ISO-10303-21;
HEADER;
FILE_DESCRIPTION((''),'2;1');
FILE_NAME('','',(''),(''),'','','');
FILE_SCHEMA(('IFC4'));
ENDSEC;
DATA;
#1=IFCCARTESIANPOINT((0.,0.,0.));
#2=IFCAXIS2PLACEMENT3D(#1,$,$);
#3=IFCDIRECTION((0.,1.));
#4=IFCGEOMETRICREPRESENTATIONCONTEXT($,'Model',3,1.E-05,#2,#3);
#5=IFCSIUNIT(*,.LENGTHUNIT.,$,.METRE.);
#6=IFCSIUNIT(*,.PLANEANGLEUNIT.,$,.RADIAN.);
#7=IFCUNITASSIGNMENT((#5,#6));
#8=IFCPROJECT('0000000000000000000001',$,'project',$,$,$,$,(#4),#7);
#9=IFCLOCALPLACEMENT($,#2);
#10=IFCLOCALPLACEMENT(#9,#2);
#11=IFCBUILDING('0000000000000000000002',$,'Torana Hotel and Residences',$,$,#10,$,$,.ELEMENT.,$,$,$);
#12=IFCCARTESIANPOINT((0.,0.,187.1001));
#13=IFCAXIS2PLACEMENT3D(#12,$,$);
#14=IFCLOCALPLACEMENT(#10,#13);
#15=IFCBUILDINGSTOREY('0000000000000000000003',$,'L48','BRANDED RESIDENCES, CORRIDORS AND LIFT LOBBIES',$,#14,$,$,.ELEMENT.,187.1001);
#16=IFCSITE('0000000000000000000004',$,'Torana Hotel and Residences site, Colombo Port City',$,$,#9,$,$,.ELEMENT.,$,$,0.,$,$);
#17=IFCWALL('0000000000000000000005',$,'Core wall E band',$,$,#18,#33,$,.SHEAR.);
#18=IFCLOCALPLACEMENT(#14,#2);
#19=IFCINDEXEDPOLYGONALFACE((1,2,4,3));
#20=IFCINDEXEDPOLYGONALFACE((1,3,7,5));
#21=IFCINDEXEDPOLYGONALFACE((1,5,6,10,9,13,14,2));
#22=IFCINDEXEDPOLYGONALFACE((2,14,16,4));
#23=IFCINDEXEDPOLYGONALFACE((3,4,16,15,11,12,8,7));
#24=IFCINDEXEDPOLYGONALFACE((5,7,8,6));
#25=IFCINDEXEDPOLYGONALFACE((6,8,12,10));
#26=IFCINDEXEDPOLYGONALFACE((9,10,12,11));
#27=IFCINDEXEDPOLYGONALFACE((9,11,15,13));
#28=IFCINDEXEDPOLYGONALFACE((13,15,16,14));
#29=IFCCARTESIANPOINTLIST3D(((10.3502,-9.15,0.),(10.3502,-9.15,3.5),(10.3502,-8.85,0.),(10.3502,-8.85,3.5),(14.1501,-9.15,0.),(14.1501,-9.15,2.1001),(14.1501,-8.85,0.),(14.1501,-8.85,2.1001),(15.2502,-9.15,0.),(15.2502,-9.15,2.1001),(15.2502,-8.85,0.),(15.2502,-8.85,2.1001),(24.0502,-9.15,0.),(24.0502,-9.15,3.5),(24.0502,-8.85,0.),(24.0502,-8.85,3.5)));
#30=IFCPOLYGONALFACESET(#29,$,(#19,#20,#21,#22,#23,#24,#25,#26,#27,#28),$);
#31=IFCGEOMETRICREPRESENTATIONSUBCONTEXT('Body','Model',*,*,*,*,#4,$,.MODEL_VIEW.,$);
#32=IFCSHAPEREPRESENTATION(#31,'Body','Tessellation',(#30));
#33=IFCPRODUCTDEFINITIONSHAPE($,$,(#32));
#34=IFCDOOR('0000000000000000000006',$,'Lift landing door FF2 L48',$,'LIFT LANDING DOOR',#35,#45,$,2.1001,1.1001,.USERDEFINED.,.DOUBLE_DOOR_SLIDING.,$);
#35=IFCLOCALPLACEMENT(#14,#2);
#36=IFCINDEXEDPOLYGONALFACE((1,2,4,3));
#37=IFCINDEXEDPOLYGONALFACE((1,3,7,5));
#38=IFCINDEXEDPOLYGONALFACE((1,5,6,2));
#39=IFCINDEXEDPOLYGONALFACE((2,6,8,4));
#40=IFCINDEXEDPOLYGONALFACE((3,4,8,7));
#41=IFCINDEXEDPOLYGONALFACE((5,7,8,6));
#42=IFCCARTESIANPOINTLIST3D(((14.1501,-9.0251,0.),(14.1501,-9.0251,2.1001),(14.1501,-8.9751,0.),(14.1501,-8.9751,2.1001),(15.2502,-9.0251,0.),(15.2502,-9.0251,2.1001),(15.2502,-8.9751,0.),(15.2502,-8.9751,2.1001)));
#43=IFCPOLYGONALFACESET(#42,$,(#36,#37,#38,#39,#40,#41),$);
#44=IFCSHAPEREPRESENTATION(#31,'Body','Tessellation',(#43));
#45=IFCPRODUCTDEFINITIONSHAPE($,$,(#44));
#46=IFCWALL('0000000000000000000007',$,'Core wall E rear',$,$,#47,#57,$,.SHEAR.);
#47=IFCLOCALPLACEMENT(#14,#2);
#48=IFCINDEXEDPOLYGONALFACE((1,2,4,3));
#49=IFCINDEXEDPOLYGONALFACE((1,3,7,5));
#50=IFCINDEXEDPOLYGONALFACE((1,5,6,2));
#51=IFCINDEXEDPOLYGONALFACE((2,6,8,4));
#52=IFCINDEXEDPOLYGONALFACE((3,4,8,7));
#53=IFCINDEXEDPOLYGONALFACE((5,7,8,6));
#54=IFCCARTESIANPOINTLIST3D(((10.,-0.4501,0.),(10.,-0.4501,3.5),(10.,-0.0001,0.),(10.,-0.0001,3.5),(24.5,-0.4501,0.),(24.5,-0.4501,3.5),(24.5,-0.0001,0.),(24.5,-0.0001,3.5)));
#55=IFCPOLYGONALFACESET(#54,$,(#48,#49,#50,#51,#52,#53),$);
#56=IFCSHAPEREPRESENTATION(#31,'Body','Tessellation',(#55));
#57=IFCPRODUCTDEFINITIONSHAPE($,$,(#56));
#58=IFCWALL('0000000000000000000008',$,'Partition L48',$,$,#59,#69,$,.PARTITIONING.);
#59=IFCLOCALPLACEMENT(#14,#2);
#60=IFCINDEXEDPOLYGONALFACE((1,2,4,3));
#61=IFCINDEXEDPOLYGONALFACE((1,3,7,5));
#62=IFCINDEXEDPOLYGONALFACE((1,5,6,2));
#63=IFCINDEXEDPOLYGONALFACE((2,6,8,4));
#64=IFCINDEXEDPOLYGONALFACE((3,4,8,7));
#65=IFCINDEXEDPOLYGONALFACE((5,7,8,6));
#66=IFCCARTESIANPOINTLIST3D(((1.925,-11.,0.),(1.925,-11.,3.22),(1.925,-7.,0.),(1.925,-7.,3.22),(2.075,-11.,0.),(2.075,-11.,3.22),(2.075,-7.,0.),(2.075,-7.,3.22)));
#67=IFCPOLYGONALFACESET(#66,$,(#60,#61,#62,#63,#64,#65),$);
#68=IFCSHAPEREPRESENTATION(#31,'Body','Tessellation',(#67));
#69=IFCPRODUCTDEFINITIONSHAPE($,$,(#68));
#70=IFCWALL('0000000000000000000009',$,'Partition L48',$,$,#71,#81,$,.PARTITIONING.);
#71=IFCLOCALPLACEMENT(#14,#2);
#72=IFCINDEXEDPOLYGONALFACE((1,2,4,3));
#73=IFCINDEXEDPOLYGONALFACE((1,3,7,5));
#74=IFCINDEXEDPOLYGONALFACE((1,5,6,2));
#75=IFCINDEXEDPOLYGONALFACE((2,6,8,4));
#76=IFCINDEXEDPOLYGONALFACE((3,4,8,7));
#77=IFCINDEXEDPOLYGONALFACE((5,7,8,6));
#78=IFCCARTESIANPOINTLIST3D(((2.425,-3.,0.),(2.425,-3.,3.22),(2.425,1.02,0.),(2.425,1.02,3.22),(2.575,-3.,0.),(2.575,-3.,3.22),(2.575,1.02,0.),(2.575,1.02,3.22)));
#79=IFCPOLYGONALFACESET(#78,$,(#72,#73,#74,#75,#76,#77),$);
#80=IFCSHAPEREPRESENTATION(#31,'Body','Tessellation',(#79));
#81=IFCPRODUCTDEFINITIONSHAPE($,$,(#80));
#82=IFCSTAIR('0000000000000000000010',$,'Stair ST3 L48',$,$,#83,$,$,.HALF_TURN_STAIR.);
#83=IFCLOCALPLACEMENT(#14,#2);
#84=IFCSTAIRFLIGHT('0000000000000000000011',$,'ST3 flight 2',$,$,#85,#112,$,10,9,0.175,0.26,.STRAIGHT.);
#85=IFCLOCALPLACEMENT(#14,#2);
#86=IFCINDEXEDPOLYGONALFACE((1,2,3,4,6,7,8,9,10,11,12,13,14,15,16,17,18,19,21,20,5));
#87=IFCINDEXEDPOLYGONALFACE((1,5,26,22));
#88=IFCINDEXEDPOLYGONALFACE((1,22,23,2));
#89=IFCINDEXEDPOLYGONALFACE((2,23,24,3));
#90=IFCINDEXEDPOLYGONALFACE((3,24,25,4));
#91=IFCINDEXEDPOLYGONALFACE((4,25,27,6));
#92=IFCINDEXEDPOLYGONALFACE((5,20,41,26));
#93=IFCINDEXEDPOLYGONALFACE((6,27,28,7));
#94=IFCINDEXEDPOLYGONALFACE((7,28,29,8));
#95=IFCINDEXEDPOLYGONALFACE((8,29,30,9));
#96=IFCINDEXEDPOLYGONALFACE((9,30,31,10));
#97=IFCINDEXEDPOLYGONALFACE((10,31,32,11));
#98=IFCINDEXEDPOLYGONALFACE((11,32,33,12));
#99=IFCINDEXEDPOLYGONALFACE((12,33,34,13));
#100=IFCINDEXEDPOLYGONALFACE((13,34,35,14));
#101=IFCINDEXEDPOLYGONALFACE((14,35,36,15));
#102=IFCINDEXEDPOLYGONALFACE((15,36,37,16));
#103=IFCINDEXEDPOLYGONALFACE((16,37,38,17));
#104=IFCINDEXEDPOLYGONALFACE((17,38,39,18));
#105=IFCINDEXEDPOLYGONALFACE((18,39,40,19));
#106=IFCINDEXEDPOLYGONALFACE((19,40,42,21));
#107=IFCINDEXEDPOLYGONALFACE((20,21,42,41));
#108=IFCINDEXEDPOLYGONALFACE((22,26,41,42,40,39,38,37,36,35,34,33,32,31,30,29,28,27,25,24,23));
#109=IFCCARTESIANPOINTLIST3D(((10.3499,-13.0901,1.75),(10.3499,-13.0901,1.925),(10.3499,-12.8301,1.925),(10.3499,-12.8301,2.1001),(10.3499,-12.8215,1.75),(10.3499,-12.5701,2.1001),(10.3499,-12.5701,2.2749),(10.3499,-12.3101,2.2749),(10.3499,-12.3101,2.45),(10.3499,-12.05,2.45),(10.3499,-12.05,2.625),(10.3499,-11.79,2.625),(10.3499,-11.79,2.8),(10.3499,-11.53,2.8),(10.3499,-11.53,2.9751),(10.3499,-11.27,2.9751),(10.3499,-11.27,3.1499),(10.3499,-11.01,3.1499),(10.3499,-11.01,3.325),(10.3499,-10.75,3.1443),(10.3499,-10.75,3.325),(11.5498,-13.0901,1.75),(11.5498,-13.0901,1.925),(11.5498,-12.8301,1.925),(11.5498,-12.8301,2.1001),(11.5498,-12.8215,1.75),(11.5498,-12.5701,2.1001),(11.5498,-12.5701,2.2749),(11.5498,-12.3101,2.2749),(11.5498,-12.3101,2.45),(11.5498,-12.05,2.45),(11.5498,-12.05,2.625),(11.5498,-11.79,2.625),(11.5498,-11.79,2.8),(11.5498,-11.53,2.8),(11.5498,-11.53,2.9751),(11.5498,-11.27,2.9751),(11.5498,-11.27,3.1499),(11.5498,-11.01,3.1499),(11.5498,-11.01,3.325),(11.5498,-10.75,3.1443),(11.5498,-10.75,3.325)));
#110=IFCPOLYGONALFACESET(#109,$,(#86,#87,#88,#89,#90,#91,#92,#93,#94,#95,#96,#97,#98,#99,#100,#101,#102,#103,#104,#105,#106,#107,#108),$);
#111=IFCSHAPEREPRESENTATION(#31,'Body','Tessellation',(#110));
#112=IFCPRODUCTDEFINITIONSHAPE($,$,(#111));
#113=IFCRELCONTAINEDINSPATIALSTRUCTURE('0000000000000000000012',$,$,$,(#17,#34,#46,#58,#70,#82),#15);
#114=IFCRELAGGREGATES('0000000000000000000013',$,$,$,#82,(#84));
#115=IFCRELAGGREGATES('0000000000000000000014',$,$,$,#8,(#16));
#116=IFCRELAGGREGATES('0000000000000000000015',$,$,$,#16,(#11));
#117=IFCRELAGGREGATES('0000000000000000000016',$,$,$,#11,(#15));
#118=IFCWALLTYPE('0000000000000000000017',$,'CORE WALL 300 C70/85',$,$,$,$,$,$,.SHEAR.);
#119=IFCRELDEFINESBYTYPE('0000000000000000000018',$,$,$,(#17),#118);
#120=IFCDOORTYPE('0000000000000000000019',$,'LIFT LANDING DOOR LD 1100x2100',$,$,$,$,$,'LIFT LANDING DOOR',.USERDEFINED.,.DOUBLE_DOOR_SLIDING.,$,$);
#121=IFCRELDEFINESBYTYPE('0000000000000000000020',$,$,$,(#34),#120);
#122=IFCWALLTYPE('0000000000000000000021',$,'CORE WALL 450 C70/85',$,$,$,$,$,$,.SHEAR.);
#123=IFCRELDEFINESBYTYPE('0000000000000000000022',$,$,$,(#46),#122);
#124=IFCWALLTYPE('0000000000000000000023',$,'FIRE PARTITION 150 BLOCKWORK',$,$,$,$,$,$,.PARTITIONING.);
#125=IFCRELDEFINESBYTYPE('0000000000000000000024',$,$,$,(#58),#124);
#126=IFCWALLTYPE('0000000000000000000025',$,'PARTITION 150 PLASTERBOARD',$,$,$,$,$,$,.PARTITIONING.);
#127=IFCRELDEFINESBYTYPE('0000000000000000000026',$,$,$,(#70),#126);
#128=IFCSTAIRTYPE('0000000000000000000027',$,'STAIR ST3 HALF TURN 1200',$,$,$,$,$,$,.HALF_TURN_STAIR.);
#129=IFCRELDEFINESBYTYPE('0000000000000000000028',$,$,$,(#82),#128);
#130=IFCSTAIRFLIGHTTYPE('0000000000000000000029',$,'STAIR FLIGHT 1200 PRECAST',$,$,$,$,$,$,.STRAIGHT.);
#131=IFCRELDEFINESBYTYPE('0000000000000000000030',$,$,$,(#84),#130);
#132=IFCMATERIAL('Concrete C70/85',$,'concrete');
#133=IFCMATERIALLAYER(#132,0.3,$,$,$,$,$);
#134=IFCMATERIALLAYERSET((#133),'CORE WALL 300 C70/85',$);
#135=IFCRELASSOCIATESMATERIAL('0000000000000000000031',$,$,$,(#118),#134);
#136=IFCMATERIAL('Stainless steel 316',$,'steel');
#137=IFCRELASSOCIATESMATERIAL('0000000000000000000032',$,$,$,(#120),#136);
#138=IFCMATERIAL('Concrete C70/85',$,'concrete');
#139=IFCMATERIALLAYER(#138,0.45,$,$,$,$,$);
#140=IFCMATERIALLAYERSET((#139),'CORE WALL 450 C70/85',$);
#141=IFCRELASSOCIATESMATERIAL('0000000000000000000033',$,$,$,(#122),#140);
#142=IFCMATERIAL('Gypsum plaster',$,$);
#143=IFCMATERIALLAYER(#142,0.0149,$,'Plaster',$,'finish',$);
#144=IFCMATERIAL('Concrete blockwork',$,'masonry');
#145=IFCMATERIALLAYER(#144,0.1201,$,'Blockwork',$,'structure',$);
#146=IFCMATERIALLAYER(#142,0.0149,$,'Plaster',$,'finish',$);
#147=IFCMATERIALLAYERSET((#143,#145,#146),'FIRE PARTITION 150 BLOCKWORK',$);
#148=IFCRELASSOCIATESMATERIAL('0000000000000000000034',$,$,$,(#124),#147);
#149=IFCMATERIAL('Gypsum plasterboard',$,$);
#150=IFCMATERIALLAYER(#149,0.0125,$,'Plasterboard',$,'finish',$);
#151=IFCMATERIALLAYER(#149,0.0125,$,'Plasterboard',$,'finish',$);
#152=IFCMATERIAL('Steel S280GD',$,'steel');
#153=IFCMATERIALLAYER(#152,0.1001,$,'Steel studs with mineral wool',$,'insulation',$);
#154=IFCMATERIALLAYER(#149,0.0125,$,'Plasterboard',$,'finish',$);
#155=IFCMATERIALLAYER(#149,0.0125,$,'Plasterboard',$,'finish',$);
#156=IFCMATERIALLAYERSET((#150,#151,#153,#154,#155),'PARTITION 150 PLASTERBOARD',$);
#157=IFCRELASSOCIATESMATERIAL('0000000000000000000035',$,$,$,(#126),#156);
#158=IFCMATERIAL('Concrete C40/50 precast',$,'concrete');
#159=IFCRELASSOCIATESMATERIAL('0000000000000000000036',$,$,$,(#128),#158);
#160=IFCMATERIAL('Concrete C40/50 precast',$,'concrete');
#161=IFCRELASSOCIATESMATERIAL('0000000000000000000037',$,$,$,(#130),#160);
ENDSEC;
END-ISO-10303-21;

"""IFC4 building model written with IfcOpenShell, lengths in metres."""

from ifc_helpers import new_model, si_unit, direction, frame, frame_2d, origin, place, context, subcontext, project, spatial, polyline, rectangle, outline, extrude, material, layer, layer_set, type_object, element, fill, aggregate, save


model = new_model("IFC4")

# Units and contexts
model_context = context("Model", 3, precision=1e-05, world=origin(), true_north=direction((0.0, 1.0)))
body_context = subcontext(model_context, "Body", "Model", "MODEL_VIEW")
ifc_project = project(units=[si_unit("LENGTHUNIT", "METRE"), si_unit("PLANEANGLEUNIT", "RADIAN")], contexts=[model_context])

# Site, building, storey
site_placement = place(None, origin())
site = spatial("IfcSite", under=ifc_project, at=site_placement, Name="Torana Hotel and Residences site, Colombo Port City", CompositionType="ELEMENT", RefElevation=0.0)
building_placement = place(site_placement, origin())
building = spatial("IfcBuilding", under=site, at=building_placement, Name="Torana Hotel and Residences", CompositionType="ELEMENT")
storey_placement = place(building_placement, frame((0.0, 0.0, 187.1001)))
storey = spatial("IfcBuildingStorey", under=building, at=storey_placement, Name="L48", Description="BRANDED RESIDENCES, CORRIDORS AND LIFT LOBBIES", CompositionType="ELEMENT", Elevation=187.1001)

# Shared definitions
ifc_material_1 = material(Name="Concrete C70/85", Category="concrete")
ifc_layer_1 = layer(ifc_material_1, 0.3)
ifc_layer_set_1 = layer_set([ifc_layer_1], Name="CORE WALL 300 C70/85")
wall_type_1 = type_object("IfcWallType", Name="CORE WALL 300 C70/85", PredefinedType="SHEAR", material=ifc_layer_set_1)
ifc_material_2 = material(Name="Stainless steel 316", Category="steel")
door_type_1 = type_object("IfcDoorType", Name="LIFT LANDING DOOR LD 1100x2100", ElementType="LIFT LANDING DOOR", OperationType="DOUBLE_DOOR_SLIDING", PredefinedType="USERDEFINED", material=ifc_material_2)

# Wall, opening, door
wall_1_placement = place(storey_placement, frame((10.3501, -9.0, 0.0), z_axis=(0.0, 0.0, 1.0), x_axis=(1.0, 0.0, 0.0)))
wall_1 = element("IfcWall", 1, at=wall_1_placement, inside=storey, type_object=wall_type_1, Name="Core wall E band", PredefinedType="SHEAR", context=body_context, shape_type="SweptSolid", body=[
    extrude(rectangle(XDim=13.7, YDim=0.3, at=frame_2d((6.8501, 0.0))), origin(), (0.0, 0.0, 1.0), 3.5),
])
opening_1_placement = place(wall_1_placement, frame((3.8, 0.0, 0.0)))
opening_1 = element("IfcOpeningElement", 2, at=opening_1_placement, cuts=wall_1, PredefinedType="OPENING", context=body_context, shape_type="SweptSolid", body=[
    extrude(rectangle(XDim=1.1001, YDim=2.1001, at=frame_2d((0.55, 1.05))), frame((0.0, 0.1599, 0.0), z_axis=(0.0, -1.0, 0.0), x_axis=(1.0, 0.0, 0.0)), (0.0, 0.0, 1.0), 0.3201),
])
door_1_placement = place(opening_1_placement, origin())
door_1 = element("IfcDoor", 3, at=door_1_placement, inside=storey, type_object=door_type_1, Name="Lift landing door FF2 L48", ObjectType="LIFT LANDING DOOR", OperationType="DOUBLE_DOOR_SLIDING", OverallHeight=2.1001, OverallWidth=1.1001, PredefinedType="USERDEFINED", context=body_context, shape_type="SweptSolid", body=[
    extrude(rectangle(XDim=1.1001, YDim=2.1001, at=frame_2d((0.55, 1.05))), frame((0.0, 0.0249, 0.0), z_axis=(0.0, -1.0, 0.0), x_axis=(1.0, 0.0, 0.0)), (0.0, 0.0, 1.0), 0.05),
])
fill(opening_1, door_1)

# Walls
ifc_material_3 = material(Name="Concrete C70/85", Category="concrete")
ifc_layer_2 = layer(ifc_material_3, 0.45)
ifc_layer_set_2 = layer_set([ifc_layer_2], Name="CORE WALL 450 C70/85")
wall_type_2 = type_object("IfcWallType", Name="CORE WALL 450 C70/85", PredefinedType="SHEAR", material=ifc_layer_set_2)
wall_2_placement = place(storey_placement, frame((10.0, -0.2251, 0.0), z_axis=(0.0, 0.0, 1.0), x_axis=(1.0, 0.0, 0.0)))
element("IfcWall", 4, at=wall_2_placement, inside=storey, type_object=wall_type_2, Name="Core wall E rear", PredefinedType="SHEAR", context=body_context, shape_type="SweptSolid", body=[
    extrude(rectangle(XDim=14.5, YDim=0.45, at=frame_2d((7.25, 0.0))), origin(), (0.0, 0.0, 1.0), 3.5),
])
ifc_material_4 = material(Name="Gypsum plaster")
ifc_layer_3 = layer(ifc_material_4, 0.0149, Name="Plaster", Category="finish")
ifc_material_5 = material(Name="Concrete blockwork", Category="masonry")
ifc_layer_4 = layer(ifc_material_5, 0.1201, Name="Blockwork", Category="structure")
ifc_layer_5 = layer(ifc_material_4, 0.0149, Name="Plaster", Category="finish")
ifc_layer_set_3 = layer_set([ifc_layer_3, ifc_layer_4, ifc_layer_5], Name="FIRE PARTITION 150 BLOCKWORK")
wall_type_3 = type_object("IfcWallType", Name="FIRE PARTITION 150 BLOCKWORK", PredefinedType="PARTITIONING", material=ifc_layer_set_3)
wall_3_placement = place(storey_placement, frame((2.0, -11.0, 0.0), z_axis=(0.0, 0.0, 1.0), x_axis=(0.0, 1.0, 0.0)))
element("IfcWall", 5, at=wall_3_placement, inside=storey, type_object=wall_type_3, Name="Partition L48", PredefinedType="PARTITIONING", context=body_context, shape_type="SweptSolid", body=[
    extrude(rectangle(XDim=4.0, YDim=0.1499, at=frame_2d((2.0, 0.0))), origin(), (0.0, 0.0, 1.0), 3.22),
])
ifc_material_6 = material(Name="Gypsum plasterboard")
ifc_layer_6 = layer(ifc_material_6, 0.0125, Name="Plasterboard", Category="finish")
ifc_layer_7 = layer(ifc_material_6, 0.0125, Name="Plasterboard", Category="finish")
ifc_material_7 = material(Name="Steel S280GD", Category="steel")
ifc_layer_8 = layer(ifc_material_7, 0.1001, Name="Steel studs with mineral wool", Category="insulation")
ifc_layer_9 = layer(ifc_material_6, 0.0125, Name="Plasterboard", Category="finish")
ifc_layer_10 = layer(ifc_material_6, 0.0125, Name="Plasterboard", Category="finish")
ifc_layer_set_4 = layer_set([ifc_layer_6, ifc_layer_7, ifc_layer_8, ifc_layer_9, ifc_layer_10], Name="PARTITION 150 PLASTERBOARD")
wall_type_4 = type_object("IfcWallType", Name="PARTITION 150 PLASTERBOARD", PredefinedType="PARTITIONING", material=ifc_layer_set_4)
wall_4_placement = place(storey_placement, frame((2.5, -3.0, 0.0), z_axis=(0.0, 0.0, 1.0), x_axis=(0.0, 1.0, 0.0)))
element("IfcWall", 6, at=wall_4_placement, inside=storey, type_object=wall_type_4, Name="Partition L48", PredefinedType="PARTITIONING", context=body_context, shape_type="SweptSolid", body=[
    extrude(rectangle(XDim=4.02, YDim=0.1499, at=frame_2d((2.01, 0.0))), origin(), (0.0, 0.0, 1.0), 3.22),
])

# Stair, stair flight
ifc_material_8 = material(Name="Concrete C40/50 precast", Category="concrete")
stair_type = type_object("IfcStairType", Name="STAIR ST3 HALF TURN 1200", PredefinedType="HALF_TURN_STAIR", material=ifc_material_8)
stair_placement = place(storey_placement, origin())
stair = element("IfcStair", 7, at=stair_placement, inside=storey, type_object=stair_type, Name="Stair ST3 L48", PredefinedType="HALF_TURN_STAIR")
ifc_material_9 = material(Name="Concrete C40/50 precast", Category="concrete")
stair_flight_type = type_object("IfcStairFlightType", Name="STAIR FLIGHT 1200 PRECAST", PredefinedType="STRAIGHT", material=ifc_material_9)
stair_flight_placement = place(storey_placement, frame((10.95, -13.0901, 1.75), z_axis=(0.0, 0.0, 1.0), x_axis=(0.0, 1.0, 0.0)))
stair_flight = element("IfcStairFlight", 8, at=stair_flight_placement, type_object=stair_flight_type, Name="ST3 flight 2", NumberOfRisers=10, NumberOfTreads=9, PredefinedType="STRAIGHT", RiserHeight=0.175, TreadLength=0.26, context=body_context, shape_type="SweptSolid", body=[
    extrude(outline(polyline([(0.0, 0.0), (0.0, 0.175), (0.26, 0.175), (0.26, 0.3501), (0.52, 0.3501), (0.52, 0.5249), (0.78, 0.5249), (0.78, 0.7), (1.04, 0.7), (1.04, 0.875), (1.3, 0.875), (1.3, 1.05), (1.5601, 1.05), (1.5601, 1.2251), (1.8201, 1.2251), (1.8201, 1.3999), (2.0801, 1.3999), (2.0801, 1.575), (2.3401, 1.575), (2.3401, 1.75), (2.3401, 1.3943), (0.2686, 0.0), (0.0, 0.0)])), frame((0.0, 0.6001, 0.0), z_axis=(0.0, -1.0, 0.0), x_axis=(1.0, 0.0, 0.0)), (0.0, 0.0, 1.0), 1.2),
])
aggregate(stair, [stair_flight])

save(model, "model.ifc")
